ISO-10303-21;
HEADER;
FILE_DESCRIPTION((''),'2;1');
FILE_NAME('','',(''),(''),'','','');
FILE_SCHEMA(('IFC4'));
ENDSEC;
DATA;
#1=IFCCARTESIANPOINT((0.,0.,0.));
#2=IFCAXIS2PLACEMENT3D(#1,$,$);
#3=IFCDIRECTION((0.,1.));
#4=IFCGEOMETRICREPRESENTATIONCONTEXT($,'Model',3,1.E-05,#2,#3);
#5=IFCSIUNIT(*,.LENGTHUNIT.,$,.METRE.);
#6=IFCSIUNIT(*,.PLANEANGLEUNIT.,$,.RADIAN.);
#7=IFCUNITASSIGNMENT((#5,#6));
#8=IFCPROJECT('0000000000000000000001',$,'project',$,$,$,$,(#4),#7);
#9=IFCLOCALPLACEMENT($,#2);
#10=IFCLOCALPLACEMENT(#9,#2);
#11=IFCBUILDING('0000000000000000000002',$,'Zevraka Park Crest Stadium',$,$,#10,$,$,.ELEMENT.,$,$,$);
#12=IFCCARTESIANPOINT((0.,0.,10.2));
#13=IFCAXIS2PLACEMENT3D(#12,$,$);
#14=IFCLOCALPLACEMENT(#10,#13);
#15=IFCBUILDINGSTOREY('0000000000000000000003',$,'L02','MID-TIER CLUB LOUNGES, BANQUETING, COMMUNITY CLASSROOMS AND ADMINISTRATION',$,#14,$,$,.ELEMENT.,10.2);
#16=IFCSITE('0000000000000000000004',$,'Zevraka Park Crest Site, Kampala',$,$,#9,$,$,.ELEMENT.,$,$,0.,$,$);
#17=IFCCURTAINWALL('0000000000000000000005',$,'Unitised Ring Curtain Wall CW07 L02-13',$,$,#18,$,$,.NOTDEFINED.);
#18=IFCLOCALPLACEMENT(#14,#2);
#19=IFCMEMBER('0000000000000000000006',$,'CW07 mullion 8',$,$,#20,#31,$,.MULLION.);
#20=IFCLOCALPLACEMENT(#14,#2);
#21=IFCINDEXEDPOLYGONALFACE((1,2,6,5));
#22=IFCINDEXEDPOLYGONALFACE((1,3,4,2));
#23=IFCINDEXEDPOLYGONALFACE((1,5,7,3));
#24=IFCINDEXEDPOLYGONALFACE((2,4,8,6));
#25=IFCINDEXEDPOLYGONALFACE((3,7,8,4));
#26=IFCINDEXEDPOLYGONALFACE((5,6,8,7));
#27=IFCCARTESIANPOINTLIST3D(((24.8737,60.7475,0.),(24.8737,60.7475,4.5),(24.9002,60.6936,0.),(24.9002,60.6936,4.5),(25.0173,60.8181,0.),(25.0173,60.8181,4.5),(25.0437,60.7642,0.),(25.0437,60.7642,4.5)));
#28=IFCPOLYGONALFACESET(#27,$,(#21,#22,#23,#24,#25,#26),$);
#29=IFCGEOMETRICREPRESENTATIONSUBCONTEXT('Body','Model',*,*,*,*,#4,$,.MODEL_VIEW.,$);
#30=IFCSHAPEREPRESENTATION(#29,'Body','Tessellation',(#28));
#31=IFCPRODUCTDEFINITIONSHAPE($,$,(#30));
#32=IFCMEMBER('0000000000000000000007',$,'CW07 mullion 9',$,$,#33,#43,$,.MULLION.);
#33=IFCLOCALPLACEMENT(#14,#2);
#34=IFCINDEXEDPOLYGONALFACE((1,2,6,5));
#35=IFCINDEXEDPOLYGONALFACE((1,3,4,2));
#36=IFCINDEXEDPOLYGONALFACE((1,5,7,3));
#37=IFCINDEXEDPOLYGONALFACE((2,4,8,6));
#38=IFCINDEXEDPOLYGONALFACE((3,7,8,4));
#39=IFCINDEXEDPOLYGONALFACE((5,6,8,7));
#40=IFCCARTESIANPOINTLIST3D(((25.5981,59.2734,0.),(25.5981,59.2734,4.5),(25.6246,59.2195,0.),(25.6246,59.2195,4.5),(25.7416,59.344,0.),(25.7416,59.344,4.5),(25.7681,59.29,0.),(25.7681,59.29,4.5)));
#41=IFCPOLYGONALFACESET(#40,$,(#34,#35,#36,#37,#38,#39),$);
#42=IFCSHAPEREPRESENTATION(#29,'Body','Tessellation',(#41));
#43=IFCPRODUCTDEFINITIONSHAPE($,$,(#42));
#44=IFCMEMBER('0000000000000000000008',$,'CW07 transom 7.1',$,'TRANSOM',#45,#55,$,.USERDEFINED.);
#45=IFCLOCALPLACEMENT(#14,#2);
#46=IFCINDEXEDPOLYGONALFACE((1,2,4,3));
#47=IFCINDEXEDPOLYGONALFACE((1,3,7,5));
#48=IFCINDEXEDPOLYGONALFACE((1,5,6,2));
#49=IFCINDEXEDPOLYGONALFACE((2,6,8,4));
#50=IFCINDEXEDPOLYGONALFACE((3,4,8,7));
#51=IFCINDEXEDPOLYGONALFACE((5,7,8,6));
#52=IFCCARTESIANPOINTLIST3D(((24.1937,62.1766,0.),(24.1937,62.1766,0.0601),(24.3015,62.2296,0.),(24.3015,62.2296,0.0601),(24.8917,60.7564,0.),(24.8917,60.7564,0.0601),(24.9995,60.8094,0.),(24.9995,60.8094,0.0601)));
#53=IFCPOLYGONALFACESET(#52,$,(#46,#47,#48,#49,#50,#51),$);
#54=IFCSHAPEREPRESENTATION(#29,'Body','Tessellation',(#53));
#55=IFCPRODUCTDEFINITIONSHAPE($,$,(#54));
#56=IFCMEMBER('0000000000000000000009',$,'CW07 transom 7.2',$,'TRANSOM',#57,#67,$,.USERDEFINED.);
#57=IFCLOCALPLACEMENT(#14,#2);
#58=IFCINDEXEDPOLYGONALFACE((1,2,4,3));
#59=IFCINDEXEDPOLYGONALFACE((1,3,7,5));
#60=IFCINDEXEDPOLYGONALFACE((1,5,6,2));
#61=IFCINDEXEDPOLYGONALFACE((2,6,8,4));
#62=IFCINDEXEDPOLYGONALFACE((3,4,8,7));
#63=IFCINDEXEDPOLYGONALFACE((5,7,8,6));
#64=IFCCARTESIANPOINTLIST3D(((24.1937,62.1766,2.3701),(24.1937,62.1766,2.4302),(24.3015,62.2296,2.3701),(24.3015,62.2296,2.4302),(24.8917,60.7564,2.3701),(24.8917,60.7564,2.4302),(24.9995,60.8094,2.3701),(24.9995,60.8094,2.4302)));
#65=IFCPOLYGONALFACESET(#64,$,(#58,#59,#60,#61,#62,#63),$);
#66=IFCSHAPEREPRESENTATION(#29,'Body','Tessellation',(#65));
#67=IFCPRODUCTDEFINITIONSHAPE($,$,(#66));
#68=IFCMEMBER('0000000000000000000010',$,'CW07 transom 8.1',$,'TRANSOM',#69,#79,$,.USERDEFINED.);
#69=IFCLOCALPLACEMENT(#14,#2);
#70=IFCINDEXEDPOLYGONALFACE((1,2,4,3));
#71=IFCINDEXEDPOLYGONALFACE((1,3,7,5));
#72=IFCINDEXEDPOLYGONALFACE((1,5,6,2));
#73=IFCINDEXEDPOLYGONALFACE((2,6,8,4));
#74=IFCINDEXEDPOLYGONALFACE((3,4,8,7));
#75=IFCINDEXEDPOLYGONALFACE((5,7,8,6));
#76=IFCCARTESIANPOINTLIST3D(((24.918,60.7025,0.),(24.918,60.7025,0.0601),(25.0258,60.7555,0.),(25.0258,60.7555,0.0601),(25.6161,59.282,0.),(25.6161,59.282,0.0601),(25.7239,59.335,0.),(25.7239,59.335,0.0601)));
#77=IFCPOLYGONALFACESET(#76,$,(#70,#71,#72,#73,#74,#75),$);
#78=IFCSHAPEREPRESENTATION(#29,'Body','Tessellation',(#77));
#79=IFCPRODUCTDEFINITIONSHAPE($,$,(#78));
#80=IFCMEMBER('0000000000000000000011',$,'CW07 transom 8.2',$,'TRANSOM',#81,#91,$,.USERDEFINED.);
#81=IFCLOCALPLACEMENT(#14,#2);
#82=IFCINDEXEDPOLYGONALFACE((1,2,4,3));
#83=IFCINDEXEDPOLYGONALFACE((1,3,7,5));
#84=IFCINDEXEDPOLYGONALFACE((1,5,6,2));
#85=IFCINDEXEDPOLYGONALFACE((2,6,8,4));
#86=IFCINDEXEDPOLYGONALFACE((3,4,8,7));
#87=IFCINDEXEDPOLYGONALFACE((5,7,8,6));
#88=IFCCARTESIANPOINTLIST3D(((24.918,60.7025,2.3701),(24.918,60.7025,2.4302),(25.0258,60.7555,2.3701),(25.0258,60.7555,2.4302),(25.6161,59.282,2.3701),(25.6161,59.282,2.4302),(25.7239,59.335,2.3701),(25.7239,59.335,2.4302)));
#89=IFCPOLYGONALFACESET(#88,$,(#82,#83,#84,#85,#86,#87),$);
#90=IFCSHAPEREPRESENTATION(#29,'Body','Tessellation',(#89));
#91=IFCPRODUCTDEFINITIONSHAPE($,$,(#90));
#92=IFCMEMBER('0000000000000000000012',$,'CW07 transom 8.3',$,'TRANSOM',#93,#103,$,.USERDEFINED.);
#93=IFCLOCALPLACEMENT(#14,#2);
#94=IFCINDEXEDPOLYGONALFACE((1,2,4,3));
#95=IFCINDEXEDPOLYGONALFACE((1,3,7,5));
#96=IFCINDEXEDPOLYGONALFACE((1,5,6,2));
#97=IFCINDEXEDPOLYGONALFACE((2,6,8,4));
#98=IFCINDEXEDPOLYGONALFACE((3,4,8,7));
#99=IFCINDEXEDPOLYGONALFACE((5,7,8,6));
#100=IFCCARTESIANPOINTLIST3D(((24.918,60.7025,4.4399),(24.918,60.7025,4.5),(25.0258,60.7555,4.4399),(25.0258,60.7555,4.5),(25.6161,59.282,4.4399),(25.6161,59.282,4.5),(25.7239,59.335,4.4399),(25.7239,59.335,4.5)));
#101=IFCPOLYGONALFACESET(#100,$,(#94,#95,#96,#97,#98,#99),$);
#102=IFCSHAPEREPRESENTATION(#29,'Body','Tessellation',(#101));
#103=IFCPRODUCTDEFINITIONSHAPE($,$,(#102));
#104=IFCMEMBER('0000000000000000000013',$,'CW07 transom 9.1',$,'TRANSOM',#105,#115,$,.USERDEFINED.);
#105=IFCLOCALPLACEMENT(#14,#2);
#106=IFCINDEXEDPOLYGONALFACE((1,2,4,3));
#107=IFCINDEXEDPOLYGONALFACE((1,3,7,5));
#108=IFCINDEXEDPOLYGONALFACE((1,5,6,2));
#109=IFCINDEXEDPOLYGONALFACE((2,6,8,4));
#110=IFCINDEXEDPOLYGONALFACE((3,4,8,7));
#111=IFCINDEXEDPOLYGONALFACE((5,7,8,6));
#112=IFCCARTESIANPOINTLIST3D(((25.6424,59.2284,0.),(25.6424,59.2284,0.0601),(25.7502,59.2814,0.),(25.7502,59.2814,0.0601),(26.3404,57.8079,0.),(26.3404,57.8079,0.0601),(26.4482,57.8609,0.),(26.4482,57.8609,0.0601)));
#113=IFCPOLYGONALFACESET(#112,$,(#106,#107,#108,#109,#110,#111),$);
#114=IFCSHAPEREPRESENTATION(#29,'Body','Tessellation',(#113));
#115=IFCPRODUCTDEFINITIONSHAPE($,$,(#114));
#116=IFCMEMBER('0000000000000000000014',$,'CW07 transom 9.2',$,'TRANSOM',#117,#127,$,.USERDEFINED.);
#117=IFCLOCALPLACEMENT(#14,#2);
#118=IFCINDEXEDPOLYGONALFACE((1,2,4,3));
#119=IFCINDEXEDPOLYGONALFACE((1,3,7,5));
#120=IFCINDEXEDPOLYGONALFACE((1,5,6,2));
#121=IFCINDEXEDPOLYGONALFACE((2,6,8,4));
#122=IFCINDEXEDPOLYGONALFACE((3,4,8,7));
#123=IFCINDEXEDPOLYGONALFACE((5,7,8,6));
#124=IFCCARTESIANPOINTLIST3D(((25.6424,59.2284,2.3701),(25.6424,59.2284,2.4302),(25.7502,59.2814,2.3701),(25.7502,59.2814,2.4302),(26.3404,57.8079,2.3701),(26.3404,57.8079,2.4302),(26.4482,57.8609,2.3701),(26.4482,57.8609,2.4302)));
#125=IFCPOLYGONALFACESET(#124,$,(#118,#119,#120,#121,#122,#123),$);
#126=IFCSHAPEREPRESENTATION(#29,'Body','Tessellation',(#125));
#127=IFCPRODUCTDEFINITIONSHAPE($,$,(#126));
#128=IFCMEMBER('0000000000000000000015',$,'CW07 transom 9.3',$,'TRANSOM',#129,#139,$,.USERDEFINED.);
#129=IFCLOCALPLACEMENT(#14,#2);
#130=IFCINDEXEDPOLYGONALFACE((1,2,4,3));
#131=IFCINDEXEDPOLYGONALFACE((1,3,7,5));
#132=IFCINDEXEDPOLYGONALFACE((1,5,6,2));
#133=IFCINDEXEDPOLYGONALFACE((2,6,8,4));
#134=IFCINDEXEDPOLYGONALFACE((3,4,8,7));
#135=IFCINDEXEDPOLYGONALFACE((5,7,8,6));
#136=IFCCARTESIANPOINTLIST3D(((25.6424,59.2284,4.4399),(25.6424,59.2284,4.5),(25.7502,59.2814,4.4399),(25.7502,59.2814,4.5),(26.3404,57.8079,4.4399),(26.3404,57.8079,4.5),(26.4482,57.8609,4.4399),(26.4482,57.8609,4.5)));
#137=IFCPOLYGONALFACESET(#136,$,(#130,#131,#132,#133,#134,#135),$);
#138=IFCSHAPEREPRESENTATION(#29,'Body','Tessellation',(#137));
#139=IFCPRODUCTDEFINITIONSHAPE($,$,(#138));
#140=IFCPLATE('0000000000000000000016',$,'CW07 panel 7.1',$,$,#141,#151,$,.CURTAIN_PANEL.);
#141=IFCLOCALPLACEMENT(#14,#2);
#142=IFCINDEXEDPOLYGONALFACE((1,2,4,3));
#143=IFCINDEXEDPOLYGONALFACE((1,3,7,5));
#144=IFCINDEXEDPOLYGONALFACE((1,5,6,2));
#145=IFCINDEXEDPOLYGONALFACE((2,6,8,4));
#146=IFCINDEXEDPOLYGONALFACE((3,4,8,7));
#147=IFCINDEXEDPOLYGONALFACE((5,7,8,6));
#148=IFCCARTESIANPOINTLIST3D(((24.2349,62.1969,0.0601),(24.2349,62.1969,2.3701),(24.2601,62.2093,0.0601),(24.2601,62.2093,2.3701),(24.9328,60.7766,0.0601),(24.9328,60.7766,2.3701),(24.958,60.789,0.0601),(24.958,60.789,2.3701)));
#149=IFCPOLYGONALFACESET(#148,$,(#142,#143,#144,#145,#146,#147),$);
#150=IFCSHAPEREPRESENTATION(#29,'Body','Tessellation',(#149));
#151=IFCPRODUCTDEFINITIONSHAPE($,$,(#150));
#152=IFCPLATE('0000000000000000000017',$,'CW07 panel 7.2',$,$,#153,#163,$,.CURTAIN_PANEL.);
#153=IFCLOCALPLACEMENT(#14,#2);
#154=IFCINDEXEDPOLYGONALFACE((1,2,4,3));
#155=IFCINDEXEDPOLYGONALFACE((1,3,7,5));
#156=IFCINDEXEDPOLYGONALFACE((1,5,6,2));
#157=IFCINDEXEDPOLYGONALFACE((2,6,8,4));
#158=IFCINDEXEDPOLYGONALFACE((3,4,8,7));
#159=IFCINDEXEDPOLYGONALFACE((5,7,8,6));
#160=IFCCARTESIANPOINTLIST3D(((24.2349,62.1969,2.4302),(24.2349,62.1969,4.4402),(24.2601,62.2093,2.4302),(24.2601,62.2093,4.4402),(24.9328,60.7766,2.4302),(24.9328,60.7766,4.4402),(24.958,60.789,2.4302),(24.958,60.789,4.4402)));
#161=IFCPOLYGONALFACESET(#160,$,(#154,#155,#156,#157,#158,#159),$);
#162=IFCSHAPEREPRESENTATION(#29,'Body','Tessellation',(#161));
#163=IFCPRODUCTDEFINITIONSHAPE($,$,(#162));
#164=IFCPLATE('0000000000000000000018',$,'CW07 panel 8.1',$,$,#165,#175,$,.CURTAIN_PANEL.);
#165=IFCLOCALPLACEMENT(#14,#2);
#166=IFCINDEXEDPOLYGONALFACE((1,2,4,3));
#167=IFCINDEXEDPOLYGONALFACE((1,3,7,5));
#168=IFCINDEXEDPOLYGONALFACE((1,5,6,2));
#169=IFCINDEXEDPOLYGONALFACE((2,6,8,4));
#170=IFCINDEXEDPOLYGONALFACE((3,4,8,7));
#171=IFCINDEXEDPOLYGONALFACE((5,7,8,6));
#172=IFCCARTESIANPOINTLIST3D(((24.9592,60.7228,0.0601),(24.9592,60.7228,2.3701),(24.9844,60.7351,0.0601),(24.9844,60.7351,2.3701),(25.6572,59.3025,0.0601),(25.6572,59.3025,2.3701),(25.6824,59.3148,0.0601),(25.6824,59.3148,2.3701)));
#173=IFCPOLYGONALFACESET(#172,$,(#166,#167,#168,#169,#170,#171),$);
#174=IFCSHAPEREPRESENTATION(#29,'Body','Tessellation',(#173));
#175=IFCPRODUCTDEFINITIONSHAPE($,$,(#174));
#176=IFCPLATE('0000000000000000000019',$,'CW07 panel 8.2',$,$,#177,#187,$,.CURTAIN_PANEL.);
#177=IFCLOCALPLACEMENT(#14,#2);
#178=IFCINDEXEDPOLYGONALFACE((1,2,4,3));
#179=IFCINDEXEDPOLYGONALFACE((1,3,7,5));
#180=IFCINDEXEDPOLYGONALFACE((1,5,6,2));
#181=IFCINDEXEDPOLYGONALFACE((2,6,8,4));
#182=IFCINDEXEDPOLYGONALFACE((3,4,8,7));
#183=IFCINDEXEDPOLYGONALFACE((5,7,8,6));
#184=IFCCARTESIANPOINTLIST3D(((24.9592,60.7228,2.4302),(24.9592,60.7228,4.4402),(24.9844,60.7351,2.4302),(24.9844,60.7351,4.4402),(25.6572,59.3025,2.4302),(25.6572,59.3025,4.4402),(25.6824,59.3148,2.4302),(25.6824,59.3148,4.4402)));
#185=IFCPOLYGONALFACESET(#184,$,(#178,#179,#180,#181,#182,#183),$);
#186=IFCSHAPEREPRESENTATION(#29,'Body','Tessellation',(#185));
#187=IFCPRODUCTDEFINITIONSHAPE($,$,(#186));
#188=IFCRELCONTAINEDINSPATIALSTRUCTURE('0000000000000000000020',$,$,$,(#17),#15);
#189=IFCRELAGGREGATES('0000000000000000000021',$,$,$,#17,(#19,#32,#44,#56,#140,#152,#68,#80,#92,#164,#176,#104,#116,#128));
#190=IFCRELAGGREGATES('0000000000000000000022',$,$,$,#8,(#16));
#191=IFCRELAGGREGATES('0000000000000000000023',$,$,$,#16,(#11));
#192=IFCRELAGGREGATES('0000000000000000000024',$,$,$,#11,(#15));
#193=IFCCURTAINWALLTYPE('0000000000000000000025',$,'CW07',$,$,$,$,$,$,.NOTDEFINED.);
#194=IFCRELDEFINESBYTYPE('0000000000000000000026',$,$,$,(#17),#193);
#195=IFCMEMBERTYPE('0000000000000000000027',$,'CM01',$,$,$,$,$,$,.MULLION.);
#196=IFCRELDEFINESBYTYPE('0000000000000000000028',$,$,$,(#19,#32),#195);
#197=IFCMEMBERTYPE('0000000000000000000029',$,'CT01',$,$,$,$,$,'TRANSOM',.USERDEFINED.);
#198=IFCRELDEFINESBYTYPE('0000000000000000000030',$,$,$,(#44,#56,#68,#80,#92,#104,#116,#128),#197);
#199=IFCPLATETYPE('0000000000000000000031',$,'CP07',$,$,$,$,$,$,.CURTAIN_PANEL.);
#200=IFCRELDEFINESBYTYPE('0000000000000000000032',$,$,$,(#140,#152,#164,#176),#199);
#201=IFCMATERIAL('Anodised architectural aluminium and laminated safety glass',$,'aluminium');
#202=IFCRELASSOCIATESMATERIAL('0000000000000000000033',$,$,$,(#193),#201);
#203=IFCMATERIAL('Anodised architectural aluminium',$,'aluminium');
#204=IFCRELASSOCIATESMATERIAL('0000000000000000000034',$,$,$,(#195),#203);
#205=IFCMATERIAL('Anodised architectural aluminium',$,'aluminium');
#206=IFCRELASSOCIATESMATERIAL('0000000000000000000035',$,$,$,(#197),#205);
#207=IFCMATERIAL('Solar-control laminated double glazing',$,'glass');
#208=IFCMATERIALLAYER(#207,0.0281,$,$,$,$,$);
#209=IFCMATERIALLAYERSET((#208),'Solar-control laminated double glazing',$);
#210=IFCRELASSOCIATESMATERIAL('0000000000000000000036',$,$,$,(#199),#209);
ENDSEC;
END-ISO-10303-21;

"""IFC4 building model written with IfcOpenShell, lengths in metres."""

from ifc_helpers import new_model, si_unit, direction, frame, origin, origin_2d, place, context, subcontext, project, spatial, rectangle, extrude, material, layer, layer_set, material_profile, profile_set, type_object, element, aggregate, save


model = new_model("IFC4")

# Units and contexts
model_context = context("Model", 3, precision=1e-05, world=origin(), true_north=direction((0.0, 1.0)))
body_context = subcontext(model_context, "Body", "Model", "MODEL_VIEW")
ifc_project = project(units=[si_unit("LENGTHUNIT", "METRE"), si_unit("PLANEANGLEUNIT", "RADIAN")], contexts=[model_context])

# Site, building, storey
site_placement = place(None, origin())
site = spatial("IfcSite", under=ifc_project, at=site_placement, Name="Zevraka Park Crest Site, Kampala", CompositionType="ELEMENT", RefElevation=0.0)
building_placement = place(site_placement, origin())
building = spatial("IfcBuilding", under=site, at=building_placement, Name="Zevraka Park Crest Stadium", CompositionType="ELEMENT")
storey_placement = place(building_placement, frame((0.0, 0.0, 10.2)))
storey = spatial("IfcBuildingStorey", under=building, at=storey_placement, Name="L02", Description="MID-TIER CLUB LOUNGES, BANQUETING, COMMUNITY CLASSROOMS AND ADMINISTRATION", CompositionType="ELEMENT", Elevation=10.2)

# Curtain wall, members, plates
ifc_material_1 = material(Name="Anodised architectural aluminium and laminated safety glass", Category="aluminium")
curtain_wall_type = type_object("IfcCurtainWallType", Name="CW07", PredefinedType="NOTDEFINED", material=ifc_material_1)
curtain_wall_placement = place(storey_placement, origin())
curtain_wall = element("IfcCurtainWall", 1, at=curtain_wall_placement, inside=storey, type_object=curtain_wall_type, Name="Unitised Ring Curtain Wall CW07 L02-13", PredefinedType="NOTDEFINED")
ifc_material_2 = material(Name="Anodised architectural aluminium", Category="aluminium")
ifc_material_profile_1 = material_profile(ifc_material_2, rectangle(XDim=0.1599, YDim=0.0601, at=origin_2d()), Name="ALU MULLION 160x60")
ifc_profile_set_1 = profile_set([ifc_material_profile_1], Name="Anodised architectural aluminium")
member_type_1 = type_object("IfcMemberType", Name="CM01", PredefinedType="MULLION", material=ifc_profile_set_1)
member_1_placement = place(storey_placement, frame((24.9587, 60.7559, 0.0), z_axis=(0.0, 0.0, 1.0), x_axis=(0.897497, 0.441021, 0.0)))
member_1 = element("IfcMember", 2, at=member_1_placement, type_object=member_type_1, Name="CW07 mullion 8", PredefinedType="MULLION", context=body_context, shape_type="SweptSolid", body=[
    extrude(rectangle(XDim=0.1599, YDim=0.0601, at=origin_2d()), origin(), (0.0, 0.0, 1.0), 4.5),
])
member_2_placement = place(storey_placement, frame((25.6831, 59.2817, 0.0), z_axis=(0.0, 0.0, 1.0), x_axis=(0.897497, 0.441021, 0.0)))
member_2 = element("IfcMember", 3, at=member_2_placement, type_object=member_type_1, Name="CW07 mullion 9", PredefinedType="MULLION", context=body_context, shape_type="SweptSolid", body=[
    extrude(rectangle(XDim=0.1599, YDim=0.0601, at=origin_2d()), origin(), (0.0, 0.0, 1.0), 4.5),
])
ifc_material_3 = material(Name="Anodised architectural aluminium", Category="aluminium")
ifc_material_profile_2 = material_profile(ifc_material_3, rectangle(XDim=0.1201, YDim=0.0601, at=origin_2d()), Name="ALU TRANSOM 120x60")
ifc_profile_set_2 = profile_set([ifc_material_profile_2], Name="Anodised architectural aluminium")
member_type_2 = type_object("IfcMemberType", Name="CT01", ElementType="TRANSOM", PredefinedType="USERDEFINED", material=ifc_profile_set_2)
member_3_placement = place(storey_placement, frame((24.2476, 62.2031, 0.03), z_axis=(0.441094, -0.897461, 0.0), x_axis=(0.897461, 0.441094, 0.0)))
member_3 = element("IfcMember", 4, at=member_3_placement, type_object=member_type_2, Name="CW07 transom 7.1", ObjectType="TRANSOM", PredefinedType="USERDEFINED", context=body_context, shape_type="SweptSolid", body=[
    extrude(rectangle(XDim=0.1201, YDim=0.0601, at=origin_2d()), origin(), (0.0, 0.0, 1.0), 1.5825),
])
member_4_placement = place(storey_placement, frame((24.2476, 62.2031, 2.4001), z_axis=(0.441094, -0.897461, 0.0), x_axis=(0.897461, 0.441094, 0.0)))
member_4 = element("IfcMember", 5, at=member_4_placement, type_object=member_type_2, Name="CW07 transom 7.2", ObjectType="TRANSOM", PredefinedType="USERDEFINED", context=body_context, shape_type="SweptSolid", body=[
    extrude(rectangle(XDim=0.1201, YDim=0.0601, at=origin_2d()), origin(), (0.0, 0.0, 1.0), 1.5825),
])
member_5_placement = place(storey_placement, frame((24.9719, 60.729, 0.03), z_axis=(0.441033, -0.897491, 0.0), x_axis=(0.897491, 0.441033, 0.0)))
member_5 = element("IfcMember", 6, at=member_5_placement, type_object=member_type_2, Name="CW07 transom 8.1", ObjectType="TRANSOM", PredefinedType="USERDEFINED", context=body_context, shape_type="SweptSolid", body=[
    extrude(rectangle(XDim=0.1201, YDim=0.0601, at=origin_2d()), origin(), (0.0, 0.0, 1.0), 1.5828),
])
member_6_placement = place(storey_placement, frame((24.9719, 60.729, 2.4001), z_axis=(0.441033, -0.897491, 0.0), x_axis=(0.897491, 0.441033, 0.0)))
member_6 = element("IfcMember", 7, at=member_6_placement, type_object=member_type_2, Name="CW07 transom 8.2", ObjectType="TRANSOM", PredefinedType="USERDEFINED", context=body_context, shape_type="SweptSolid", body=[
    extrude(rectangle(XDim=0.1201, YDim=0.0601, at=origin_2d()), origin(), (0.0, 0.0, 1.0), 1.5828),
])
member_7_placement = place(storey_placement, frame((24.9719, 60.729, 4.47), z_axis=(0.441033, -0.897491, 0.0), x_axis=(0.897491, 0.441033, 0.0)))
member_7 = element("IfcMember", 8, at=member_7_placement, type_object=member_type_2, Name="CW07 transom 8.3", ObjectType="TRANSOM", PredefinedType="USERDEFINED", context=body_context, shape_type="SweptSolid", body=[
    extrude(rectangle(XDim=0.1201, YDim=0.0601, at=origin_2d()), origin(), (0.0, 0.0, 1.0), 1.5828),
])
member_8_placement = place(storey_placement, frame((25.6963, 59.2549, 0.03), z_axis=(0.441033, -0.897491, 0.0), x_axis=(0.897491, 0.441033, 0.0)))
member_8 = element("IfcMember", 9, at=member_8_placement, type_object=member_type_2, Name="CW07 transom 9.1", ObjectType="TRANSOM", PredefinedType="USERDEFINED", context=body_context, shape_type="SweptSolid", body=[
    extrude(rectangle(XDim=0.1201, YDim=0.0601, at=origin_2d()), origin(), (0.0, 0.0, 1.0), 1.5828),
])
member_9_placement = place(storey_placement, frame((25.6963, 59.2549, 2.4001), z_axis=(0.441033, -0.897491, 0.0), x_axis=(0.897491, 0.441033, 0.0)))
member_9 = element("IfcMember", 10, at=member_9_placement, type_object=member_type_2, Name="CW07 transom 9.2", ObjectType="TRANSOM", PredefinedType="USERDEFINED", context=body_context, shape_type="SweptSolid", body=[
    extrude(rectangle(XDim=0.1201, YDim=0.0601, at=origin_2d()), origin(), (0.0, 0.0, 1.0), 1.5828),
])
member_10_placement = place(storey_placement, frame((25.6963, 59.2549, 4.47), z_axis=(0.441033, -0.897491, 0.0), x_axis=(0.897491, 0.441033, 0.0)))
member_10 = element("IfcMember", 11, at=member_10_placement, type_object=member_type_2, Name="CW07 transom 9.3", ObjectType="TRANSOM", PredefinedType="USERDEFINED", context=body_context, shape_type="SweptSolid", body=[
    extrude(rectangle(XDim=0.1201, YDim=0.0601, at=origin_2d()), origin(), (0.0, 0.0, 1.0), 1.5828),
])
ifc_material_4 = material(Name="Solar-control laminated double glazing", Category="glass")
ifc_layer_1 = layer(ifc_material_4, 0.0281)
ifc_layer_set_1 = layer_set([ifc_layer_1], Name="Solar-control laminated double glazing")
plate_type = type_object("IfcPlateType", Name="CP07", PredefinedType="CURTAIN_PANEL", material=ifc_layer_set_1)
plate_1_placement = place(storey_placement, frame((24.5964, 61.4929, 0.0601), z_axis=(0.0, 0.0, 1.0), x_axis=(0.441021, -0.897497, 0.0)))
plate_1 = element("IfcPlate", 12, at=plate_1_placement, type_object=plate_type, Name="CW07 panel 7.1", PredefinedType="CURTAIN_PANEL", context=body_context, shape_type="SweptSolid", body=[
    extrude(rectangle(XDim=1.5825, YDim=0.0281, at=origin_2d()), origin(), (0.0, 0.0, 1.0), 2.3101),
])
plate_2_placement = place(storey_placement, frame((24.5964, 61.4929, 2.4302), z_axis=(0.0, 0.0, 1.0), x_axis=(0.441021, -0.897497, 0.0)))
plate_2 = element("IfcPlate", 13, at=plate_2_placement, type_object=plate_type, Name="CW07 panel 7.2", PredefinedType="CURTAIN_PANEL", context=body_context, shape_type="SweptSolid", body=[
    extrude(rectangle(XDim=1.5825, YDim=0.0281, at=origin_2d()), origin(), (0.0, 0.0, 1.0), 2.01),
])
plate_3_placement = place(storey_placement, frame((25.3208, 60.0188, 0.0601), z_axis=(0.0, 0.0, 1.0), x_axis=(0.441021, -0.897497, 0.0)))
plate_3 = element("IfcPlate", 14, at=plate_3_placement, type_object=plate_type, Name="CW07 panel 8.1", PredefinedType="CURTAIN_PANEL", context=body_context, shape_type="SweptSolid", body=[
    extrude(rectangle(XDim=1.5825, YDim=0.0281, at=origin_2d()), origin(), (0.0, 0.0, 1.0), 2.3101),
])
plate_4_placement = place(storey_placement, frame((25.3208, 60.0188, 2.4302), z_axis=(0.0, 0.0, 1.0), x_axis=(0.441021, -0.897497, 0.0)))
plate_4 = element("IfcPlate", 15, at=plate_4_placement, type_object=plate_type, Name="CW07 panel 8.2", PredefinedType="CURTAIN_PANEL", context=body_context, shape_type="SweptSolid", body=[
    extrude(rectangle(XDim=1.5825, YDim=0.0281, at=origin_2d()), origin(), (0.0, 0.0, 1.0), 2.01),
])
aggregate(curtain_wall, [member_1, member_2, member_3, member_4, plate_1, plate_2, member_5, member_6, member_7, plate_3, plate_4, member_8, member_9, member_10])

save(model, "model.ifc")
